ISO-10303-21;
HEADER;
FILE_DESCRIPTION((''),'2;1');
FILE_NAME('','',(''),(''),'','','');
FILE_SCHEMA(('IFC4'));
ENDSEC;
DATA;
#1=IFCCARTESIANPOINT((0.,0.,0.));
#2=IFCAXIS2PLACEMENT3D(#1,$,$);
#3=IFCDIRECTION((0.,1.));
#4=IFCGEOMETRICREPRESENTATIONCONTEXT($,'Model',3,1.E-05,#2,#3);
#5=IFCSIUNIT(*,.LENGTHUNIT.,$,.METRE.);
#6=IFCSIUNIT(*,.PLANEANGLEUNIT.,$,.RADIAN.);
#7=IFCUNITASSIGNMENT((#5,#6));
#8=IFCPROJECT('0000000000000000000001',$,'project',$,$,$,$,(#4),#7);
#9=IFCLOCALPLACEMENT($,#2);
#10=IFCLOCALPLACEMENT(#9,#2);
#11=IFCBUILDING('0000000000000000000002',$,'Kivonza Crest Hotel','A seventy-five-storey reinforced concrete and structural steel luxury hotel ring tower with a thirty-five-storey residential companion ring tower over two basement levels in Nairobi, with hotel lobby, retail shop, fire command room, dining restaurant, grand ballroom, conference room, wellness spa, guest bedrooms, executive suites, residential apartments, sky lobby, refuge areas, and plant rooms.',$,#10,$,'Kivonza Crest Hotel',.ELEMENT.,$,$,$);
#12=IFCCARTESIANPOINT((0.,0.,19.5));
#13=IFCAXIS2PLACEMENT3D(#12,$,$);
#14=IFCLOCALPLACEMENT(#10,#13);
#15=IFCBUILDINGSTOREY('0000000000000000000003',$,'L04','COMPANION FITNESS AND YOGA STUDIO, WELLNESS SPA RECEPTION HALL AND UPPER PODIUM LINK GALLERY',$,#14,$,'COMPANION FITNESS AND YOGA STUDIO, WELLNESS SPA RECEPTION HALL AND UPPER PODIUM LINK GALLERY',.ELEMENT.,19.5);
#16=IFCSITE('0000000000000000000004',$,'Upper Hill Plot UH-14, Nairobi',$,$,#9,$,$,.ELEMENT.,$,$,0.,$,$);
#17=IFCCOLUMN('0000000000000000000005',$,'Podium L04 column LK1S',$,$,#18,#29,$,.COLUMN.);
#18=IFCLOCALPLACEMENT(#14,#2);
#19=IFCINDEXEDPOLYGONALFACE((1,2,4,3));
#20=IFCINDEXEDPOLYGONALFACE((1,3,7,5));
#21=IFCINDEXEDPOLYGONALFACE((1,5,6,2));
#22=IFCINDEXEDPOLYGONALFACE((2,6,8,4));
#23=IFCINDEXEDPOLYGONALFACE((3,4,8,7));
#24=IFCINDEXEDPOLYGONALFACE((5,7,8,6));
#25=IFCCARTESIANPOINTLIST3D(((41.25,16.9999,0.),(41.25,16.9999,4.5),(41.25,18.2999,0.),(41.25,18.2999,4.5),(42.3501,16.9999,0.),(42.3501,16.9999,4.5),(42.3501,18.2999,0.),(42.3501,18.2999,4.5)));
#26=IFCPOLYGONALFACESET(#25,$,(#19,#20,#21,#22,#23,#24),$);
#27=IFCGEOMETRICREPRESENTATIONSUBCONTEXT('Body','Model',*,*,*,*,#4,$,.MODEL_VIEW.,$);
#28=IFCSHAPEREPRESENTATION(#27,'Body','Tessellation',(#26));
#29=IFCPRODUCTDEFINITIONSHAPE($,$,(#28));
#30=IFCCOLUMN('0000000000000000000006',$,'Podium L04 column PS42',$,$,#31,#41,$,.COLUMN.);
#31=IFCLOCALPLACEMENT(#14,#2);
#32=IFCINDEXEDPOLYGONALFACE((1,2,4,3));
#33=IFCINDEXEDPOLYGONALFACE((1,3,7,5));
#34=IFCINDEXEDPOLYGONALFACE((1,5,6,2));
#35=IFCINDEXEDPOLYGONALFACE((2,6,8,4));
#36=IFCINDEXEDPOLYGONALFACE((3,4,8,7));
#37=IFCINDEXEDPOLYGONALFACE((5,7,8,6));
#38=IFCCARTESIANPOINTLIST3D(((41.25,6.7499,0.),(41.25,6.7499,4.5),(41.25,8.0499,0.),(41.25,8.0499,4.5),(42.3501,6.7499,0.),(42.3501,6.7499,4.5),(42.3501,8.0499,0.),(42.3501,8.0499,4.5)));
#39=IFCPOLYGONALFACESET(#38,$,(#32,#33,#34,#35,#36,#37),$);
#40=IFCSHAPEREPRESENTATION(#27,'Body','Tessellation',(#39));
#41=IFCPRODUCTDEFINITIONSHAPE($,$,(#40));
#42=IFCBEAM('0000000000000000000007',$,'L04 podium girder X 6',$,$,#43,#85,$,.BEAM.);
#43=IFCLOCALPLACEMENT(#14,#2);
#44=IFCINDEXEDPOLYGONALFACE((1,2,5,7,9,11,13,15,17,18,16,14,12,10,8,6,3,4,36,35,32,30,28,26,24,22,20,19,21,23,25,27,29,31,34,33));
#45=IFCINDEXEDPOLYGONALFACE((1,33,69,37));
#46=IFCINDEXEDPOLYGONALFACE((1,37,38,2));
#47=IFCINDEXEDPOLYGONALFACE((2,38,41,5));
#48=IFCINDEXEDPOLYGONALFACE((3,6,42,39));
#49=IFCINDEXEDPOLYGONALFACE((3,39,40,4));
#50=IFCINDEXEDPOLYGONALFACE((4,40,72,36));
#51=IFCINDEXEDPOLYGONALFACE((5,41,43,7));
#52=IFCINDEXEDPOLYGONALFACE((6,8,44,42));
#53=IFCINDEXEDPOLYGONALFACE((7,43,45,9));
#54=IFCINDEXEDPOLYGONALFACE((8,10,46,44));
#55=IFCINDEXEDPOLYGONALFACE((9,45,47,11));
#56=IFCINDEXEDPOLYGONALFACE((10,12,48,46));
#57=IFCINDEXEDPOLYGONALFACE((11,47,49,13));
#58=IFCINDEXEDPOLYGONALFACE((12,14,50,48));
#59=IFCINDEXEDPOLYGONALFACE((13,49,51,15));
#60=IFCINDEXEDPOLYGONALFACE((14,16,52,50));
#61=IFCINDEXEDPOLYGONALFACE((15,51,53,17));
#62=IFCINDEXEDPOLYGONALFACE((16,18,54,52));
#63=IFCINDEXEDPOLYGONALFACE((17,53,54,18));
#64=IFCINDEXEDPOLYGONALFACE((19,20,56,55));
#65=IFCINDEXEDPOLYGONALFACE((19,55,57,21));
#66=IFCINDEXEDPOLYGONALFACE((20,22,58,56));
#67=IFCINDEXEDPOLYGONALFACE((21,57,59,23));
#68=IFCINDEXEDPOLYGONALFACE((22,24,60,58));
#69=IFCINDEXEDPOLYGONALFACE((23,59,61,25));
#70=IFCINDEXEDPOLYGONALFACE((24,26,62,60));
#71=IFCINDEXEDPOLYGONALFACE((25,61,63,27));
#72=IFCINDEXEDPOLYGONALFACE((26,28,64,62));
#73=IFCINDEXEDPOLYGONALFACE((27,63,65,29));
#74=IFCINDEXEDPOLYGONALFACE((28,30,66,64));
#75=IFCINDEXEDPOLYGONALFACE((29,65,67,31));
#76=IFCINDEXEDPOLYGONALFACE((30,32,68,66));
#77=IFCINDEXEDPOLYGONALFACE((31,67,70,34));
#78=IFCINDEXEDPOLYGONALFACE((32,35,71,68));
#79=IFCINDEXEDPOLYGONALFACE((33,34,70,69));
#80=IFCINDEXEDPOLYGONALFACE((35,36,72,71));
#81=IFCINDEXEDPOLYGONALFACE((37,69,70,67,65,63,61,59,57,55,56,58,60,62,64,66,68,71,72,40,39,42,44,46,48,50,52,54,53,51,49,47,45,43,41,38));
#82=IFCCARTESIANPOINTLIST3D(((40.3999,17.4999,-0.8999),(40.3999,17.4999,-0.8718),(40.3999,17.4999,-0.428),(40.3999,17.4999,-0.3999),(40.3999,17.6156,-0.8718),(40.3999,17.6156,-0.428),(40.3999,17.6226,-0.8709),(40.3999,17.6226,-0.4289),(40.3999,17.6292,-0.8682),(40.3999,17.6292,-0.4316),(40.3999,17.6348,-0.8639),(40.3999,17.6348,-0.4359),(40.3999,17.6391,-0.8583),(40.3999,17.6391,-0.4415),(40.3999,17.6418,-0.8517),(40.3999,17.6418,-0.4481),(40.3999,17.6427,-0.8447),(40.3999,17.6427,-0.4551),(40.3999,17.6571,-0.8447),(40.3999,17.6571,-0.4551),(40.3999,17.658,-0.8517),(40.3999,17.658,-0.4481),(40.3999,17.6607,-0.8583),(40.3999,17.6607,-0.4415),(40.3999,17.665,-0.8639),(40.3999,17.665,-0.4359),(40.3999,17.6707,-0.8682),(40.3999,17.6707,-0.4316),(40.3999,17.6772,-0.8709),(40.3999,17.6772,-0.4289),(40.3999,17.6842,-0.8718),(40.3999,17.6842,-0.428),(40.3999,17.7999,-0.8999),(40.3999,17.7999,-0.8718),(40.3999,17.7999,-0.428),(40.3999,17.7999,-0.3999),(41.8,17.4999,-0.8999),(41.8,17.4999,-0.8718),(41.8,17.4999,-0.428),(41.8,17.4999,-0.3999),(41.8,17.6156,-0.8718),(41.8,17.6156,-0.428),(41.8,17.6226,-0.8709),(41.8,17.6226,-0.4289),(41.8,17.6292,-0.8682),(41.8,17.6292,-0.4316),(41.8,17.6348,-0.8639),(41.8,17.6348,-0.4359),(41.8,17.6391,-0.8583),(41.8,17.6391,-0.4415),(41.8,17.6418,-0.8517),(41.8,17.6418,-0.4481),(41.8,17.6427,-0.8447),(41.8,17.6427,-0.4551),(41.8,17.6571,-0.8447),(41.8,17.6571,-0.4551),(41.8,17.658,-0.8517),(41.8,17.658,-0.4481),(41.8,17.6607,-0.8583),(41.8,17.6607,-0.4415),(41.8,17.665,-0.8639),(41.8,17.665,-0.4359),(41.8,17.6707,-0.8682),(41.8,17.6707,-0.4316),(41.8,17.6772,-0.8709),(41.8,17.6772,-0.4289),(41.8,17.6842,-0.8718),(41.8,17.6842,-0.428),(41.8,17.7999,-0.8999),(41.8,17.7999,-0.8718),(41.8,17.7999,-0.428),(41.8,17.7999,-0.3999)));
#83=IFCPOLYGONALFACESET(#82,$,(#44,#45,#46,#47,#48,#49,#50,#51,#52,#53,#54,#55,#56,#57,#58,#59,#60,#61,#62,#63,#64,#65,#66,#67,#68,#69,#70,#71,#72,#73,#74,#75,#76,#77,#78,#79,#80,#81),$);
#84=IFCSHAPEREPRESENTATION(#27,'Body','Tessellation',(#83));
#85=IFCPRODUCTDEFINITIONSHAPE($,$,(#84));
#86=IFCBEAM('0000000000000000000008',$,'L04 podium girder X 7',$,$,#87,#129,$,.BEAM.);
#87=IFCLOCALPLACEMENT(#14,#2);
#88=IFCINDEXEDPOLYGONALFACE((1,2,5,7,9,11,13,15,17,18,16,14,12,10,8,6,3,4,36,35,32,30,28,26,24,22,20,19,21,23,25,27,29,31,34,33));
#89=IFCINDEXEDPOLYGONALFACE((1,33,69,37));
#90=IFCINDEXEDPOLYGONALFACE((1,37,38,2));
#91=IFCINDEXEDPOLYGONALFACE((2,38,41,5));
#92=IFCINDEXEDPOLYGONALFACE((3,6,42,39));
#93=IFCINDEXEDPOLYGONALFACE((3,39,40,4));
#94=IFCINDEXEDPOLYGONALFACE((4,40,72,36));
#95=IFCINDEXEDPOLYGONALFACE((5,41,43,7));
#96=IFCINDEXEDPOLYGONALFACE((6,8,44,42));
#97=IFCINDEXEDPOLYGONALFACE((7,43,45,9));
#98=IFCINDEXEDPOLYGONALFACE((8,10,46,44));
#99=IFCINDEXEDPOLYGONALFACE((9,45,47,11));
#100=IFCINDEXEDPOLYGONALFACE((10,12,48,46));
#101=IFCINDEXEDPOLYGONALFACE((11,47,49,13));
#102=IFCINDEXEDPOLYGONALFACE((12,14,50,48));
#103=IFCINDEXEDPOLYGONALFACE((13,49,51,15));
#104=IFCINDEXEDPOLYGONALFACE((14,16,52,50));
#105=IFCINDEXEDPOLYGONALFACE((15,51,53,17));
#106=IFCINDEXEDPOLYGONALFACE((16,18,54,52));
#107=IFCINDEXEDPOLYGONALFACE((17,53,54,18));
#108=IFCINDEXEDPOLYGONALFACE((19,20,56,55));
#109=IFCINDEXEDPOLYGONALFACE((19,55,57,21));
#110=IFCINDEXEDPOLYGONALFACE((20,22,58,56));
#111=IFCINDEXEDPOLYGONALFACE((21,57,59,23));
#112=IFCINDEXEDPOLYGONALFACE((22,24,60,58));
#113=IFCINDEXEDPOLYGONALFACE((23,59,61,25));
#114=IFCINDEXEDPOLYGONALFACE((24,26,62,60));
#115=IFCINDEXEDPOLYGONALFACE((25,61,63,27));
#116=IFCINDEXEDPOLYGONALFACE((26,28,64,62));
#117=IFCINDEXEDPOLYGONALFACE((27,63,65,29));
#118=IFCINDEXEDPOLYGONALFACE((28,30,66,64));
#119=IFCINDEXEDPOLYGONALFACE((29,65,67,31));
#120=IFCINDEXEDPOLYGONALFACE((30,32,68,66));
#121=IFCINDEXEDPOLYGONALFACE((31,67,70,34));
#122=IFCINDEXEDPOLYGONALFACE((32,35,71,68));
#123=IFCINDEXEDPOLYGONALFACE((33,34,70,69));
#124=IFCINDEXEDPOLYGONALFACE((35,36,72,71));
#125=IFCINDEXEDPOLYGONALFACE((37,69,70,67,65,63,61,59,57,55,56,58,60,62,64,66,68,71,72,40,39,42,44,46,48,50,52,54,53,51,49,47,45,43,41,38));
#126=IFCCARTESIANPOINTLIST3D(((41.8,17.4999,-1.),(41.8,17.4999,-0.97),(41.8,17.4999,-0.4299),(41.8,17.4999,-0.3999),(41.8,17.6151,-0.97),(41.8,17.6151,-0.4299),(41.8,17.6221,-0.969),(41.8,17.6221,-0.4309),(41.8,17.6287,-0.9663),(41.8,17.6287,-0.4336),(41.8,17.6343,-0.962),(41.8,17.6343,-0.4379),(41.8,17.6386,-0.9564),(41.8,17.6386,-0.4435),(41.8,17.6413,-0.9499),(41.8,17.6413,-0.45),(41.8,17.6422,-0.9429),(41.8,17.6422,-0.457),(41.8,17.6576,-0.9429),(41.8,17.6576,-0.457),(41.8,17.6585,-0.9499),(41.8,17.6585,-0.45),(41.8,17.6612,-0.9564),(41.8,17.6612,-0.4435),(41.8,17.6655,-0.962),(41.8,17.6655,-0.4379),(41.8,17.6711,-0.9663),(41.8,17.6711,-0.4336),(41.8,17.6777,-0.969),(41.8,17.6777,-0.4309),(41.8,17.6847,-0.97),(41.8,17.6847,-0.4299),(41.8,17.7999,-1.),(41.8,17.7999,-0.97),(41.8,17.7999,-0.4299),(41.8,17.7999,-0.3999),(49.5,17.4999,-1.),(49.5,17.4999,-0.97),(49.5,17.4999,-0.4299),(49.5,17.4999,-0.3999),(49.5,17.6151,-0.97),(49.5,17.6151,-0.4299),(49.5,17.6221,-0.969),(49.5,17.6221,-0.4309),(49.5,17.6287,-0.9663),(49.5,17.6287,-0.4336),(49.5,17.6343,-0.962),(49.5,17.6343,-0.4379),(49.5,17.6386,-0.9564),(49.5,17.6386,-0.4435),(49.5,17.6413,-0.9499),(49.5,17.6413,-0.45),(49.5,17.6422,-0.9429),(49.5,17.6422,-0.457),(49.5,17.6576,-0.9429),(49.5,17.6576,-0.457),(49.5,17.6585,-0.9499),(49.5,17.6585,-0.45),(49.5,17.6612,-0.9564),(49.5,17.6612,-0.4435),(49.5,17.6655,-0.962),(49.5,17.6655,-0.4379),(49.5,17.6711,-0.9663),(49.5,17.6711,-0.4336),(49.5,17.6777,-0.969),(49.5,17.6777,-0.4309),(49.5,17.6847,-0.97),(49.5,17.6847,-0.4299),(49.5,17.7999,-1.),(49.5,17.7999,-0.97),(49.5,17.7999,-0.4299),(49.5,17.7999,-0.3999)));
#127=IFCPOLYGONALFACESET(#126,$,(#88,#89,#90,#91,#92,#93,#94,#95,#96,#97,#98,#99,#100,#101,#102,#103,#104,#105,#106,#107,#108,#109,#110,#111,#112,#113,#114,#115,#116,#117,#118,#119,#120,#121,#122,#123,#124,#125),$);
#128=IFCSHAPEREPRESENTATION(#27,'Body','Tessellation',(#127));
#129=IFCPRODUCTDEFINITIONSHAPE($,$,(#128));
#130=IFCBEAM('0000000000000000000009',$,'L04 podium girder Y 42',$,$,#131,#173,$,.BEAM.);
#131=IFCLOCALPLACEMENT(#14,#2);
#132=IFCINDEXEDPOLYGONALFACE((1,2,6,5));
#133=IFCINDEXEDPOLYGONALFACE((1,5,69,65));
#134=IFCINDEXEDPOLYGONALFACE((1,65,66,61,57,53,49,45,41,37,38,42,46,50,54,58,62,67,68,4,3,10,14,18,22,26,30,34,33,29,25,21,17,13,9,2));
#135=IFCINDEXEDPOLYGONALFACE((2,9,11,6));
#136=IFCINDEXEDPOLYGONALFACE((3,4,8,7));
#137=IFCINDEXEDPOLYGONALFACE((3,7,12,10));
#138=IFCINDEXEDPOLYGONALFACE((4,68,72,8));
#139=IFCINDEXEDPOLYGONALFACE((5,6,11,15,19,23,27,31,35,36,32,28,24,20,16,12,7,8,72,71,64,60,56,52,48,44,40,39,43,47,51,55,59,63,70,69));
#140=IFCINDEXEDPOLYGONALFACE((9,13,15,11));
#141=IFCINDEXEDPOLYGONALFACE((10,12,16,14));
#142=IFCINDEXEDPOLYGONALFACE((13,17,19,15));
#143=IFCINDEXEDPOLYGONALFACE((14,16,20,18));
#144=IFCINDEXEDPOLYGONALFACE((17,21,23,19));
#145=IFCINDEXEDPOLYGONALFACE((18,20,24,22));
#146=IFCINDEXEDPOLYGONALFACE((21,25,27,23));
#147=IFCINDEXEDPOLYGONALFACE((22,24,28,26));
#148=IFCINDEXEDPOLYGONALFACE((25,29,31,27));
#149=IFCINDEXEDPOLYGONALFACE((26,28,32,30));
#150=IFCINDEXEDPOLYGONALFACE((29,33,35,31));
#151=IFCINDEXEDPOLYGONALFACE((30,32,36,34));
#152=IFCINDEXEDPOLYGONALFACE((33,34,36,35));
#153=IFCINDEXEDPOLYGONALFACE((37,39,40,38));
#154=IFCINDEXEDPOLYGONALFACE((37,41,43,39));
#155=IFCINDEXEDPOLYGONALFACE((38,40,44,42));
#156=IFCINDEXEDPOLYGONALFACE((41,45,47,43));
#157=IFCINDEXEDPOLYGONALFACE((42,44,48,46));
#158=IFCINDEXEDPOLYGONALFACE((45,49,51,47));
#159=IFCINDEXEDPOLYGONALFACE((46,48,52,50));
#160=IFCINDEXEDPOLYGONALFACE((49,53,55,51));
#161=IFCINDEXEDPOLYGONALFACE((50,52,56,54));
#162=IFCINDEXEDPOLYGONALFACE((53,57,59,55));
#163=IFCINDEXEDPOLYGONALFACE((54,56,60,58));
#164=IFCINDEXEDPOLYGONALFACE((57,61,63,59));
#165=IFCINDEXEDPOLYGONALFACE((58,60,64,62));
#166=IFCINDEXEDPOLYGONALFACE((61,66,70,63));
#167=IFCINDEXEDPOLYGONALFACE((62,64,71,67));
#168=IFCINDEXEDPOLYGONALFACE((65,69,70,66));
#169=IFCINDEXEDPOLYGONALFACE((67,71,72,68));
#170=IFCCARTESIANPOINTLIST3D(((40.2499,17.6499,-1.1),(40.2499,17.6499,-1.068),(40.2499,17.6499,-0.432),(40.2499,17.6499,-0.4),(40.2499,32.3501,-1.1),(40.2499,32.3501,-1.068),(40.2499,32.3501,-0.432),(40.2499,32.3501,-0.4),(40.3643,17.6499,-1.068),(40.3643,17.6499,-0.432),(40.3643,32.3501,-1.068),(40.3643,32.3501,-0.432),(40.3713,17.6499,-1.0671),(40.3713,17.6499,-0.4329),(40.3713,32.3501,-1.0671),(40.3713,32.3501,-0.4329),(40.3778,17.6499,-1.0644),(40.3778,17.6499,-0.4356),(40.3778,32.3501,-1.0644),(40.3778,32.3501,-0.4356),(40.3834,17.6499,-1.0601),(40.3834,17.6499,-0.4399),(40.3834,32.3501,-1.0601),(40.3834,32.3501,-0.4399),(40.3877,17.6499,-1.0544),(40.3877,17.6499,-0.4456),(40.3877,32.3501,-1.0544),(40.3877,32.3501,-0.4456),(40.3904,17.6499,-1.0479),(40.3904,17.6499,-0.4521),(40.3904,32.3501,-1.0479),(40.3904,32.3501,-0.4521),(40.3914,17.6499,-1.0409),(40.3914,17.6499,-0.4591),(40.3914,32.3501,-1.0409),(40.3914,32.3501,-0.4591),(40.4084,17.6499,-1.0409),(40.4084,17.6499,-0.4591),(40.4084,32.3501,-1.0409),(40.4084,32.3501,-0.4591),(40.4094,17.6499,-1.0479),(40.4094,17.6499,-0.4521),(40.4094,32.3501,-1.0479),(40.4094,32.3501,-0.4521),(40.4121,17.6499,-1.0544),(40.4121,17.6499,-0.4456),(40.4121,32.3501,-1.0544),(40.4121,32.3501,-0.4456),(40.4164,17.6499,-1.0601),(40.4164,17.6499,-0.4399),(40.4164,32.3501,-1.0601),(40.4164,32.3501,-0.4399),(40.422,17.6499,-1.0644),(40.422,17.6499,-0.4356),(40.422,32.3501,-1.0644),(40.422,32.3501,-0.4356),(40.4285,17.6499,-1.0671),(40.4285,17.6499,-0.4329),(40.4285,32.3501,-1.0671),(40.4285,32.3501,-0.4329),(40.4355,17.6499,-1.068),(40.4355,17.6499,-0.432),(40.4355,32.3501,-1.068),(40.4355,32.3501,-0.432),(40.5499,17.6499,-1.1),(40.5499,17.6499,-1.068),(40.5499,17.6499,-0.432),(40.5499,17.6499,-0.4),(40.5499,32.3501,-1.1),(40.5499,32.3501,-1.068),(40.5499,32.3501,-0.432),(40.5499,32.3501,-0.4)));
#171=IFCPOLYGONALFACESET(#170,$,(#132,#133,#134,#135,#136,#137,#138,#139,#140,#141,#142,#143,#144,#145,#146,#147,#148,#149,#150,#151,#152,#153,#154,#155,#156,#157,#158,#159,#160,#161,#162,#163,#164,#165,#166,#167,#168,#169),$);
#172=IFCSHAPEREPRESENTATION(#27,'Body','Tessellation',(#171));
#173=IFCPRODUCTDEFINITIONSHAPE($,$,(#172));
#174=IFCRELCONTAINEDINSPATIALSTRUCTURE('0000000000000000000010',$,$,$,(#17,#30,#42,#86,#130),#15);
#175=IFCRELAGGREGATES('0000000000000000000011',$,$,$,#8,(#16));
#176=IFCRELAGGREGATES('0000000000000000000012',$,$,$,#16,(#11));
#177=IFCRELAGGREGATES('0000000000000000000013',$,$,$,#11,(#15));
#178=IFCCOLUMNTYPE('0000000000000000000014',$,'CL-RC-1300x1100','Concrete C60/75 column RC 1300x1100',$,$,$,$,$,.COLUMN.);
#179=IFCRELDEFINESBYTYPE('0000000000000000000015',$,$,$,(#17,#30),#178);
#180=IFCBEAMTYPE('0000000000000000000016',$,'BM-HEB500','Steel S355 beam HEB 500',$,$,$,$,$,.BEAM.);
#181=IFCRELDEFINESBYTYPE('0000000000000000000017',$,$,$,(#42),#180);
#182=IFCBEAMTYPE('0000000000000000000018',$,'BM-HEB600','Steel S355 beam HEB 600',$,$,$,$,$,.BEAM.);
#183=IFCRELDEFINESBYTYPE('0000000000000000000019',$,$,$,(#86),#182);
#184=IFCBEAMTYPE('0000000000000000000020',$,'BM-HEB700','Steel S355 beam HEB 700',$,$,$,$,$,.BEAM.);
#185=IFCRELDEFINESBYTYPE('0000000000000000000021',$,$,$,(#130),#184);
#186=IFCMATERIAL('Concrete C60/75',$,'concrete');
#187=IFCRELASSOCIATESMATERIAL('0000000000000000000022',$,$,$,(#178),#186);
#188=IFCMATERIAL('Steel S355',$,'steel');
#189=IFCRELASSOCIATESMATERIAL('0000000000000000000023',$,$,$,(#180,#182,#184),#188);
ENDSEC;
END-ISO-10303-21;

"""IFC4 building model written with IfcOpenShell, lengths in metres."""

from ifc_helpers import new_model, si_unit, direction, frame, origin, origin_2d, place, context, subcontext, project, spatial, rectangle, i_section, extrude, material, material_profile, profile_set, type_object, element, save


model = new_model("IFC4")

# Units and contexts
model_context = context("Model", 3, precision=1e-05, world=origin(), true_north=direction((0.0, 1.0)))
body_context = subcontext(model_context, "Body", "Model", "MODEL_VIEW")
ifc_project = project(units=[si_unit("LENGTHUNIT", "METRE"), si_unit("PLANEANGLEUNIT", "RADIAN")], contexts=[model_context])

# Site, building, storey
site_placement = place(None, origin())
site = spatial("IfcSite", under=ifc_project, at=site_placement, Name="Upper Hill Plot UH-14, Nairobi", CompositionType="ELEMENT", RefElevation=0.0)
building_placement = place(site_placement, origin())
building = spatial("IfcBuilding", under=site, at=building_placement, Name="Kivonza Crest Hotel", Description="A seventy-five-storey reinforced concrete and structural steel luxury hotel ring tower with a thirty-five-storey residential companion ring tower over two basement levels in Nairobi, with hotel lobby, retail shop, fire command room, dining restaurant, grand ballroom, conference room, wellness spa, guest bedrooms, executive suites, residential apartments, sky lobby, refuge areas, and plant rooms.", LongName="Kivonza Crest Hotel", CompositionType="ELEMENT")
storey_placement = place(building_placement, frame((0.0, 0.0, 19.5)))
storey = spatial("IfcBuildingStorey", under=building, at=storey_placement, Name="L04", Description="COMPANION FITNESS AND YOGA STUDIO, WELLNESS SPA RECEPTION HALL AND UPPER PODIUM LINK GALLERY", LongName="COMPANION FITNESS AND YOGA STUDIO, WELLNESS SPA RECEPTION HALL AND UPPER PODIUM LINK GALLERY", CompositionType="ELEMENT", Elevation=19.5)

# Columns
ifc_material_1 = material(Name="Concrete C60/75", Category="concrete")
ifc_material_profile_1 = material_profile(ifc_material_1, rectangle(XDim=1.1001, YDim=1.3, at=origin_2d()), Name="RC 1300x1100")
ifc_profile_set_1 = profile_set([ifc_material_profile_1], Name="Concrete C60/75")
column_type = type_object("IfcColumnType", Name="CL-RC-1300x1100", Description="Concrete C60/75 column RC 1300x1100", PredefinedType="COLUMN", material=ifc_profile_set_1)
for number, where, z_axis, x_axis, name in (
    (1, (41.8, 17.6499, 0.0), (0.0, 0.0, 1.0), (1.0, 0.0, 0.0), "Podium L04 column LK1S"),
    (2, (41.8, 7.3999, 0.0), (0.0, 0.0, 1.0), (1.0, 0.0, 0.0), "Podium L04 column PS42"),
):
    element("IfcColumn", number, at=place(storey_placement, frame(where, z_axis=z_axis, x_axis=x_axis)), inside=storey, type_object=column_type, Name=name, PredefinedType="COLUMN", context=body_context, shape_type="SweptSolid", body=[
        extrude(rectangle(XDim=1.1001, YDim=1.3, at=origin_2d()), origin(), (0.0, 0.0, 1.0), 4.5),
    ])

# Beams
ifc_material_2 = material(Name="Steel S355", Category="steel")
ifc_material_profile_2 = material_profile(ifc_material_2, i_section(OverallWidth=0.3, OverallDepth=0.5, WebThickness=0.0144, FlangeThickness=0.0281, FilletRadius=0.0271, at=origin_2d()), Name="HEB 500")
ifc_profile_set_2 = profile_set([ifc_material_profile_2], Name="Steel S355")
beam_type_1 = type_object("IfcBeamType", Name="BM-HEB500", Description="Steel S355 beam HEB 500", PredefinedType="BEAM", material=ifc_profile_set_2)
beam_1_placement = place(storey_placement, frame((40.3999, 17.6499, -0.6499), z_axis=(1.0, 0.0, 0.0), x_axis=(0.0, 1.0, 0.0)))
element("IfcBeam", 3, at=beam_1_placement, inside=storey, type_object=beam_type_1, Name="L04 podium girder X 6", PredefinedType="BEAM", context=body_context, shape_type="SweptSolid", body=[
    extrude(i_section(OverallWidth=0.3, OverallDepth=0.5, WebThickness=0.0144, FlangeThickness=0.0281, FilletRadius=0.0271, at=origin_2d()), origin(), (0.0, 0.0, 1.0), 1.4001),
])
ifc_material_profile_3 = material_profile(ifc_material_2, i_section(OverallWidth=0.3, OverallDepth=0.6001, WebThickness=0.0154, FlangeThickness=0.03, FilletRadius=0.0271, at=origin_2d()), Name="HEB 600")
ifc_profile_set_3 = profile_set([ifc_material_profile_3], Name="Steel S355")
beam_type_2 = type_object("IfcBeamType", Name="BM-HEB600", Description="Steel S355 beam HEB 600", PredefinedType="BEAM", material=ifc_profile_set_3)
beam_2_placement = place(storey_placement, frame((41.8, 17.6499, -0.7), z_axis=(1.0, 0.0, 0.0), x_axis=(0.0, 1.0, 0.0)))
element("IfcBeam", 4, at=beam_2_placement, inside=storey, type_object=beam_type_2, Name="L04 podium girder X 7", PredefinedType="BEAM", context=body_context, shape_type="SweptSolid", body=[
    extrude(i_section(OverallWidth=0.3, OverallDepth=0.6001, WebThickness=0.0154, FlangeThickness=0.03, FilletRadius=0.0271, at=origin_2d()), origin(), (0.0, 0.0, 1.0), 7.7),
])
ifc_material_profile_4 = material_profile(ifc_material_2, i_section(OverallWidth=0.3, OverallDepth=0.7, WebThickness=0.0171, FlangeThickness=0.032, FilletRadius=0.0271, at=origin_2d()), Name="HEB 700")
ifc_profile_set_4 = profile_set([ifc_material_profile_4], Name="Steel S355")
beam_type_3 = type_object("IfcBeamType", Name="BM-HEB700", Description="Steel S355 beam HEB 700", PredefinedType="BEAM", material=ifc_profile_set_4)
beam_3_placement = place(storey_placement, frame((40.3999, 17.6499, -0.75), z_axis=(0.0, 1.0, 0.0), x_axis=(-1.0, 0.0, 0.0)))
element("IfcBeam", 5, at=beam_3_placement, inside=storey, type_object=beam_type_3, Name="L04 podium girder Y 42", PredefinedType="BEAM", context=body_context, shape_type="SweptSolid", body=[
    extrude(i_section(OverallWidth=0.3, OverallDepth=0.7, WebThickness=0.0171, FlangeThickness=0.032, FilletRadius=0.0271, at=origin_2d()), origin(), (0.0, 0.0, 1.0), 14.7002),
])

save(model, "model.ifc")
